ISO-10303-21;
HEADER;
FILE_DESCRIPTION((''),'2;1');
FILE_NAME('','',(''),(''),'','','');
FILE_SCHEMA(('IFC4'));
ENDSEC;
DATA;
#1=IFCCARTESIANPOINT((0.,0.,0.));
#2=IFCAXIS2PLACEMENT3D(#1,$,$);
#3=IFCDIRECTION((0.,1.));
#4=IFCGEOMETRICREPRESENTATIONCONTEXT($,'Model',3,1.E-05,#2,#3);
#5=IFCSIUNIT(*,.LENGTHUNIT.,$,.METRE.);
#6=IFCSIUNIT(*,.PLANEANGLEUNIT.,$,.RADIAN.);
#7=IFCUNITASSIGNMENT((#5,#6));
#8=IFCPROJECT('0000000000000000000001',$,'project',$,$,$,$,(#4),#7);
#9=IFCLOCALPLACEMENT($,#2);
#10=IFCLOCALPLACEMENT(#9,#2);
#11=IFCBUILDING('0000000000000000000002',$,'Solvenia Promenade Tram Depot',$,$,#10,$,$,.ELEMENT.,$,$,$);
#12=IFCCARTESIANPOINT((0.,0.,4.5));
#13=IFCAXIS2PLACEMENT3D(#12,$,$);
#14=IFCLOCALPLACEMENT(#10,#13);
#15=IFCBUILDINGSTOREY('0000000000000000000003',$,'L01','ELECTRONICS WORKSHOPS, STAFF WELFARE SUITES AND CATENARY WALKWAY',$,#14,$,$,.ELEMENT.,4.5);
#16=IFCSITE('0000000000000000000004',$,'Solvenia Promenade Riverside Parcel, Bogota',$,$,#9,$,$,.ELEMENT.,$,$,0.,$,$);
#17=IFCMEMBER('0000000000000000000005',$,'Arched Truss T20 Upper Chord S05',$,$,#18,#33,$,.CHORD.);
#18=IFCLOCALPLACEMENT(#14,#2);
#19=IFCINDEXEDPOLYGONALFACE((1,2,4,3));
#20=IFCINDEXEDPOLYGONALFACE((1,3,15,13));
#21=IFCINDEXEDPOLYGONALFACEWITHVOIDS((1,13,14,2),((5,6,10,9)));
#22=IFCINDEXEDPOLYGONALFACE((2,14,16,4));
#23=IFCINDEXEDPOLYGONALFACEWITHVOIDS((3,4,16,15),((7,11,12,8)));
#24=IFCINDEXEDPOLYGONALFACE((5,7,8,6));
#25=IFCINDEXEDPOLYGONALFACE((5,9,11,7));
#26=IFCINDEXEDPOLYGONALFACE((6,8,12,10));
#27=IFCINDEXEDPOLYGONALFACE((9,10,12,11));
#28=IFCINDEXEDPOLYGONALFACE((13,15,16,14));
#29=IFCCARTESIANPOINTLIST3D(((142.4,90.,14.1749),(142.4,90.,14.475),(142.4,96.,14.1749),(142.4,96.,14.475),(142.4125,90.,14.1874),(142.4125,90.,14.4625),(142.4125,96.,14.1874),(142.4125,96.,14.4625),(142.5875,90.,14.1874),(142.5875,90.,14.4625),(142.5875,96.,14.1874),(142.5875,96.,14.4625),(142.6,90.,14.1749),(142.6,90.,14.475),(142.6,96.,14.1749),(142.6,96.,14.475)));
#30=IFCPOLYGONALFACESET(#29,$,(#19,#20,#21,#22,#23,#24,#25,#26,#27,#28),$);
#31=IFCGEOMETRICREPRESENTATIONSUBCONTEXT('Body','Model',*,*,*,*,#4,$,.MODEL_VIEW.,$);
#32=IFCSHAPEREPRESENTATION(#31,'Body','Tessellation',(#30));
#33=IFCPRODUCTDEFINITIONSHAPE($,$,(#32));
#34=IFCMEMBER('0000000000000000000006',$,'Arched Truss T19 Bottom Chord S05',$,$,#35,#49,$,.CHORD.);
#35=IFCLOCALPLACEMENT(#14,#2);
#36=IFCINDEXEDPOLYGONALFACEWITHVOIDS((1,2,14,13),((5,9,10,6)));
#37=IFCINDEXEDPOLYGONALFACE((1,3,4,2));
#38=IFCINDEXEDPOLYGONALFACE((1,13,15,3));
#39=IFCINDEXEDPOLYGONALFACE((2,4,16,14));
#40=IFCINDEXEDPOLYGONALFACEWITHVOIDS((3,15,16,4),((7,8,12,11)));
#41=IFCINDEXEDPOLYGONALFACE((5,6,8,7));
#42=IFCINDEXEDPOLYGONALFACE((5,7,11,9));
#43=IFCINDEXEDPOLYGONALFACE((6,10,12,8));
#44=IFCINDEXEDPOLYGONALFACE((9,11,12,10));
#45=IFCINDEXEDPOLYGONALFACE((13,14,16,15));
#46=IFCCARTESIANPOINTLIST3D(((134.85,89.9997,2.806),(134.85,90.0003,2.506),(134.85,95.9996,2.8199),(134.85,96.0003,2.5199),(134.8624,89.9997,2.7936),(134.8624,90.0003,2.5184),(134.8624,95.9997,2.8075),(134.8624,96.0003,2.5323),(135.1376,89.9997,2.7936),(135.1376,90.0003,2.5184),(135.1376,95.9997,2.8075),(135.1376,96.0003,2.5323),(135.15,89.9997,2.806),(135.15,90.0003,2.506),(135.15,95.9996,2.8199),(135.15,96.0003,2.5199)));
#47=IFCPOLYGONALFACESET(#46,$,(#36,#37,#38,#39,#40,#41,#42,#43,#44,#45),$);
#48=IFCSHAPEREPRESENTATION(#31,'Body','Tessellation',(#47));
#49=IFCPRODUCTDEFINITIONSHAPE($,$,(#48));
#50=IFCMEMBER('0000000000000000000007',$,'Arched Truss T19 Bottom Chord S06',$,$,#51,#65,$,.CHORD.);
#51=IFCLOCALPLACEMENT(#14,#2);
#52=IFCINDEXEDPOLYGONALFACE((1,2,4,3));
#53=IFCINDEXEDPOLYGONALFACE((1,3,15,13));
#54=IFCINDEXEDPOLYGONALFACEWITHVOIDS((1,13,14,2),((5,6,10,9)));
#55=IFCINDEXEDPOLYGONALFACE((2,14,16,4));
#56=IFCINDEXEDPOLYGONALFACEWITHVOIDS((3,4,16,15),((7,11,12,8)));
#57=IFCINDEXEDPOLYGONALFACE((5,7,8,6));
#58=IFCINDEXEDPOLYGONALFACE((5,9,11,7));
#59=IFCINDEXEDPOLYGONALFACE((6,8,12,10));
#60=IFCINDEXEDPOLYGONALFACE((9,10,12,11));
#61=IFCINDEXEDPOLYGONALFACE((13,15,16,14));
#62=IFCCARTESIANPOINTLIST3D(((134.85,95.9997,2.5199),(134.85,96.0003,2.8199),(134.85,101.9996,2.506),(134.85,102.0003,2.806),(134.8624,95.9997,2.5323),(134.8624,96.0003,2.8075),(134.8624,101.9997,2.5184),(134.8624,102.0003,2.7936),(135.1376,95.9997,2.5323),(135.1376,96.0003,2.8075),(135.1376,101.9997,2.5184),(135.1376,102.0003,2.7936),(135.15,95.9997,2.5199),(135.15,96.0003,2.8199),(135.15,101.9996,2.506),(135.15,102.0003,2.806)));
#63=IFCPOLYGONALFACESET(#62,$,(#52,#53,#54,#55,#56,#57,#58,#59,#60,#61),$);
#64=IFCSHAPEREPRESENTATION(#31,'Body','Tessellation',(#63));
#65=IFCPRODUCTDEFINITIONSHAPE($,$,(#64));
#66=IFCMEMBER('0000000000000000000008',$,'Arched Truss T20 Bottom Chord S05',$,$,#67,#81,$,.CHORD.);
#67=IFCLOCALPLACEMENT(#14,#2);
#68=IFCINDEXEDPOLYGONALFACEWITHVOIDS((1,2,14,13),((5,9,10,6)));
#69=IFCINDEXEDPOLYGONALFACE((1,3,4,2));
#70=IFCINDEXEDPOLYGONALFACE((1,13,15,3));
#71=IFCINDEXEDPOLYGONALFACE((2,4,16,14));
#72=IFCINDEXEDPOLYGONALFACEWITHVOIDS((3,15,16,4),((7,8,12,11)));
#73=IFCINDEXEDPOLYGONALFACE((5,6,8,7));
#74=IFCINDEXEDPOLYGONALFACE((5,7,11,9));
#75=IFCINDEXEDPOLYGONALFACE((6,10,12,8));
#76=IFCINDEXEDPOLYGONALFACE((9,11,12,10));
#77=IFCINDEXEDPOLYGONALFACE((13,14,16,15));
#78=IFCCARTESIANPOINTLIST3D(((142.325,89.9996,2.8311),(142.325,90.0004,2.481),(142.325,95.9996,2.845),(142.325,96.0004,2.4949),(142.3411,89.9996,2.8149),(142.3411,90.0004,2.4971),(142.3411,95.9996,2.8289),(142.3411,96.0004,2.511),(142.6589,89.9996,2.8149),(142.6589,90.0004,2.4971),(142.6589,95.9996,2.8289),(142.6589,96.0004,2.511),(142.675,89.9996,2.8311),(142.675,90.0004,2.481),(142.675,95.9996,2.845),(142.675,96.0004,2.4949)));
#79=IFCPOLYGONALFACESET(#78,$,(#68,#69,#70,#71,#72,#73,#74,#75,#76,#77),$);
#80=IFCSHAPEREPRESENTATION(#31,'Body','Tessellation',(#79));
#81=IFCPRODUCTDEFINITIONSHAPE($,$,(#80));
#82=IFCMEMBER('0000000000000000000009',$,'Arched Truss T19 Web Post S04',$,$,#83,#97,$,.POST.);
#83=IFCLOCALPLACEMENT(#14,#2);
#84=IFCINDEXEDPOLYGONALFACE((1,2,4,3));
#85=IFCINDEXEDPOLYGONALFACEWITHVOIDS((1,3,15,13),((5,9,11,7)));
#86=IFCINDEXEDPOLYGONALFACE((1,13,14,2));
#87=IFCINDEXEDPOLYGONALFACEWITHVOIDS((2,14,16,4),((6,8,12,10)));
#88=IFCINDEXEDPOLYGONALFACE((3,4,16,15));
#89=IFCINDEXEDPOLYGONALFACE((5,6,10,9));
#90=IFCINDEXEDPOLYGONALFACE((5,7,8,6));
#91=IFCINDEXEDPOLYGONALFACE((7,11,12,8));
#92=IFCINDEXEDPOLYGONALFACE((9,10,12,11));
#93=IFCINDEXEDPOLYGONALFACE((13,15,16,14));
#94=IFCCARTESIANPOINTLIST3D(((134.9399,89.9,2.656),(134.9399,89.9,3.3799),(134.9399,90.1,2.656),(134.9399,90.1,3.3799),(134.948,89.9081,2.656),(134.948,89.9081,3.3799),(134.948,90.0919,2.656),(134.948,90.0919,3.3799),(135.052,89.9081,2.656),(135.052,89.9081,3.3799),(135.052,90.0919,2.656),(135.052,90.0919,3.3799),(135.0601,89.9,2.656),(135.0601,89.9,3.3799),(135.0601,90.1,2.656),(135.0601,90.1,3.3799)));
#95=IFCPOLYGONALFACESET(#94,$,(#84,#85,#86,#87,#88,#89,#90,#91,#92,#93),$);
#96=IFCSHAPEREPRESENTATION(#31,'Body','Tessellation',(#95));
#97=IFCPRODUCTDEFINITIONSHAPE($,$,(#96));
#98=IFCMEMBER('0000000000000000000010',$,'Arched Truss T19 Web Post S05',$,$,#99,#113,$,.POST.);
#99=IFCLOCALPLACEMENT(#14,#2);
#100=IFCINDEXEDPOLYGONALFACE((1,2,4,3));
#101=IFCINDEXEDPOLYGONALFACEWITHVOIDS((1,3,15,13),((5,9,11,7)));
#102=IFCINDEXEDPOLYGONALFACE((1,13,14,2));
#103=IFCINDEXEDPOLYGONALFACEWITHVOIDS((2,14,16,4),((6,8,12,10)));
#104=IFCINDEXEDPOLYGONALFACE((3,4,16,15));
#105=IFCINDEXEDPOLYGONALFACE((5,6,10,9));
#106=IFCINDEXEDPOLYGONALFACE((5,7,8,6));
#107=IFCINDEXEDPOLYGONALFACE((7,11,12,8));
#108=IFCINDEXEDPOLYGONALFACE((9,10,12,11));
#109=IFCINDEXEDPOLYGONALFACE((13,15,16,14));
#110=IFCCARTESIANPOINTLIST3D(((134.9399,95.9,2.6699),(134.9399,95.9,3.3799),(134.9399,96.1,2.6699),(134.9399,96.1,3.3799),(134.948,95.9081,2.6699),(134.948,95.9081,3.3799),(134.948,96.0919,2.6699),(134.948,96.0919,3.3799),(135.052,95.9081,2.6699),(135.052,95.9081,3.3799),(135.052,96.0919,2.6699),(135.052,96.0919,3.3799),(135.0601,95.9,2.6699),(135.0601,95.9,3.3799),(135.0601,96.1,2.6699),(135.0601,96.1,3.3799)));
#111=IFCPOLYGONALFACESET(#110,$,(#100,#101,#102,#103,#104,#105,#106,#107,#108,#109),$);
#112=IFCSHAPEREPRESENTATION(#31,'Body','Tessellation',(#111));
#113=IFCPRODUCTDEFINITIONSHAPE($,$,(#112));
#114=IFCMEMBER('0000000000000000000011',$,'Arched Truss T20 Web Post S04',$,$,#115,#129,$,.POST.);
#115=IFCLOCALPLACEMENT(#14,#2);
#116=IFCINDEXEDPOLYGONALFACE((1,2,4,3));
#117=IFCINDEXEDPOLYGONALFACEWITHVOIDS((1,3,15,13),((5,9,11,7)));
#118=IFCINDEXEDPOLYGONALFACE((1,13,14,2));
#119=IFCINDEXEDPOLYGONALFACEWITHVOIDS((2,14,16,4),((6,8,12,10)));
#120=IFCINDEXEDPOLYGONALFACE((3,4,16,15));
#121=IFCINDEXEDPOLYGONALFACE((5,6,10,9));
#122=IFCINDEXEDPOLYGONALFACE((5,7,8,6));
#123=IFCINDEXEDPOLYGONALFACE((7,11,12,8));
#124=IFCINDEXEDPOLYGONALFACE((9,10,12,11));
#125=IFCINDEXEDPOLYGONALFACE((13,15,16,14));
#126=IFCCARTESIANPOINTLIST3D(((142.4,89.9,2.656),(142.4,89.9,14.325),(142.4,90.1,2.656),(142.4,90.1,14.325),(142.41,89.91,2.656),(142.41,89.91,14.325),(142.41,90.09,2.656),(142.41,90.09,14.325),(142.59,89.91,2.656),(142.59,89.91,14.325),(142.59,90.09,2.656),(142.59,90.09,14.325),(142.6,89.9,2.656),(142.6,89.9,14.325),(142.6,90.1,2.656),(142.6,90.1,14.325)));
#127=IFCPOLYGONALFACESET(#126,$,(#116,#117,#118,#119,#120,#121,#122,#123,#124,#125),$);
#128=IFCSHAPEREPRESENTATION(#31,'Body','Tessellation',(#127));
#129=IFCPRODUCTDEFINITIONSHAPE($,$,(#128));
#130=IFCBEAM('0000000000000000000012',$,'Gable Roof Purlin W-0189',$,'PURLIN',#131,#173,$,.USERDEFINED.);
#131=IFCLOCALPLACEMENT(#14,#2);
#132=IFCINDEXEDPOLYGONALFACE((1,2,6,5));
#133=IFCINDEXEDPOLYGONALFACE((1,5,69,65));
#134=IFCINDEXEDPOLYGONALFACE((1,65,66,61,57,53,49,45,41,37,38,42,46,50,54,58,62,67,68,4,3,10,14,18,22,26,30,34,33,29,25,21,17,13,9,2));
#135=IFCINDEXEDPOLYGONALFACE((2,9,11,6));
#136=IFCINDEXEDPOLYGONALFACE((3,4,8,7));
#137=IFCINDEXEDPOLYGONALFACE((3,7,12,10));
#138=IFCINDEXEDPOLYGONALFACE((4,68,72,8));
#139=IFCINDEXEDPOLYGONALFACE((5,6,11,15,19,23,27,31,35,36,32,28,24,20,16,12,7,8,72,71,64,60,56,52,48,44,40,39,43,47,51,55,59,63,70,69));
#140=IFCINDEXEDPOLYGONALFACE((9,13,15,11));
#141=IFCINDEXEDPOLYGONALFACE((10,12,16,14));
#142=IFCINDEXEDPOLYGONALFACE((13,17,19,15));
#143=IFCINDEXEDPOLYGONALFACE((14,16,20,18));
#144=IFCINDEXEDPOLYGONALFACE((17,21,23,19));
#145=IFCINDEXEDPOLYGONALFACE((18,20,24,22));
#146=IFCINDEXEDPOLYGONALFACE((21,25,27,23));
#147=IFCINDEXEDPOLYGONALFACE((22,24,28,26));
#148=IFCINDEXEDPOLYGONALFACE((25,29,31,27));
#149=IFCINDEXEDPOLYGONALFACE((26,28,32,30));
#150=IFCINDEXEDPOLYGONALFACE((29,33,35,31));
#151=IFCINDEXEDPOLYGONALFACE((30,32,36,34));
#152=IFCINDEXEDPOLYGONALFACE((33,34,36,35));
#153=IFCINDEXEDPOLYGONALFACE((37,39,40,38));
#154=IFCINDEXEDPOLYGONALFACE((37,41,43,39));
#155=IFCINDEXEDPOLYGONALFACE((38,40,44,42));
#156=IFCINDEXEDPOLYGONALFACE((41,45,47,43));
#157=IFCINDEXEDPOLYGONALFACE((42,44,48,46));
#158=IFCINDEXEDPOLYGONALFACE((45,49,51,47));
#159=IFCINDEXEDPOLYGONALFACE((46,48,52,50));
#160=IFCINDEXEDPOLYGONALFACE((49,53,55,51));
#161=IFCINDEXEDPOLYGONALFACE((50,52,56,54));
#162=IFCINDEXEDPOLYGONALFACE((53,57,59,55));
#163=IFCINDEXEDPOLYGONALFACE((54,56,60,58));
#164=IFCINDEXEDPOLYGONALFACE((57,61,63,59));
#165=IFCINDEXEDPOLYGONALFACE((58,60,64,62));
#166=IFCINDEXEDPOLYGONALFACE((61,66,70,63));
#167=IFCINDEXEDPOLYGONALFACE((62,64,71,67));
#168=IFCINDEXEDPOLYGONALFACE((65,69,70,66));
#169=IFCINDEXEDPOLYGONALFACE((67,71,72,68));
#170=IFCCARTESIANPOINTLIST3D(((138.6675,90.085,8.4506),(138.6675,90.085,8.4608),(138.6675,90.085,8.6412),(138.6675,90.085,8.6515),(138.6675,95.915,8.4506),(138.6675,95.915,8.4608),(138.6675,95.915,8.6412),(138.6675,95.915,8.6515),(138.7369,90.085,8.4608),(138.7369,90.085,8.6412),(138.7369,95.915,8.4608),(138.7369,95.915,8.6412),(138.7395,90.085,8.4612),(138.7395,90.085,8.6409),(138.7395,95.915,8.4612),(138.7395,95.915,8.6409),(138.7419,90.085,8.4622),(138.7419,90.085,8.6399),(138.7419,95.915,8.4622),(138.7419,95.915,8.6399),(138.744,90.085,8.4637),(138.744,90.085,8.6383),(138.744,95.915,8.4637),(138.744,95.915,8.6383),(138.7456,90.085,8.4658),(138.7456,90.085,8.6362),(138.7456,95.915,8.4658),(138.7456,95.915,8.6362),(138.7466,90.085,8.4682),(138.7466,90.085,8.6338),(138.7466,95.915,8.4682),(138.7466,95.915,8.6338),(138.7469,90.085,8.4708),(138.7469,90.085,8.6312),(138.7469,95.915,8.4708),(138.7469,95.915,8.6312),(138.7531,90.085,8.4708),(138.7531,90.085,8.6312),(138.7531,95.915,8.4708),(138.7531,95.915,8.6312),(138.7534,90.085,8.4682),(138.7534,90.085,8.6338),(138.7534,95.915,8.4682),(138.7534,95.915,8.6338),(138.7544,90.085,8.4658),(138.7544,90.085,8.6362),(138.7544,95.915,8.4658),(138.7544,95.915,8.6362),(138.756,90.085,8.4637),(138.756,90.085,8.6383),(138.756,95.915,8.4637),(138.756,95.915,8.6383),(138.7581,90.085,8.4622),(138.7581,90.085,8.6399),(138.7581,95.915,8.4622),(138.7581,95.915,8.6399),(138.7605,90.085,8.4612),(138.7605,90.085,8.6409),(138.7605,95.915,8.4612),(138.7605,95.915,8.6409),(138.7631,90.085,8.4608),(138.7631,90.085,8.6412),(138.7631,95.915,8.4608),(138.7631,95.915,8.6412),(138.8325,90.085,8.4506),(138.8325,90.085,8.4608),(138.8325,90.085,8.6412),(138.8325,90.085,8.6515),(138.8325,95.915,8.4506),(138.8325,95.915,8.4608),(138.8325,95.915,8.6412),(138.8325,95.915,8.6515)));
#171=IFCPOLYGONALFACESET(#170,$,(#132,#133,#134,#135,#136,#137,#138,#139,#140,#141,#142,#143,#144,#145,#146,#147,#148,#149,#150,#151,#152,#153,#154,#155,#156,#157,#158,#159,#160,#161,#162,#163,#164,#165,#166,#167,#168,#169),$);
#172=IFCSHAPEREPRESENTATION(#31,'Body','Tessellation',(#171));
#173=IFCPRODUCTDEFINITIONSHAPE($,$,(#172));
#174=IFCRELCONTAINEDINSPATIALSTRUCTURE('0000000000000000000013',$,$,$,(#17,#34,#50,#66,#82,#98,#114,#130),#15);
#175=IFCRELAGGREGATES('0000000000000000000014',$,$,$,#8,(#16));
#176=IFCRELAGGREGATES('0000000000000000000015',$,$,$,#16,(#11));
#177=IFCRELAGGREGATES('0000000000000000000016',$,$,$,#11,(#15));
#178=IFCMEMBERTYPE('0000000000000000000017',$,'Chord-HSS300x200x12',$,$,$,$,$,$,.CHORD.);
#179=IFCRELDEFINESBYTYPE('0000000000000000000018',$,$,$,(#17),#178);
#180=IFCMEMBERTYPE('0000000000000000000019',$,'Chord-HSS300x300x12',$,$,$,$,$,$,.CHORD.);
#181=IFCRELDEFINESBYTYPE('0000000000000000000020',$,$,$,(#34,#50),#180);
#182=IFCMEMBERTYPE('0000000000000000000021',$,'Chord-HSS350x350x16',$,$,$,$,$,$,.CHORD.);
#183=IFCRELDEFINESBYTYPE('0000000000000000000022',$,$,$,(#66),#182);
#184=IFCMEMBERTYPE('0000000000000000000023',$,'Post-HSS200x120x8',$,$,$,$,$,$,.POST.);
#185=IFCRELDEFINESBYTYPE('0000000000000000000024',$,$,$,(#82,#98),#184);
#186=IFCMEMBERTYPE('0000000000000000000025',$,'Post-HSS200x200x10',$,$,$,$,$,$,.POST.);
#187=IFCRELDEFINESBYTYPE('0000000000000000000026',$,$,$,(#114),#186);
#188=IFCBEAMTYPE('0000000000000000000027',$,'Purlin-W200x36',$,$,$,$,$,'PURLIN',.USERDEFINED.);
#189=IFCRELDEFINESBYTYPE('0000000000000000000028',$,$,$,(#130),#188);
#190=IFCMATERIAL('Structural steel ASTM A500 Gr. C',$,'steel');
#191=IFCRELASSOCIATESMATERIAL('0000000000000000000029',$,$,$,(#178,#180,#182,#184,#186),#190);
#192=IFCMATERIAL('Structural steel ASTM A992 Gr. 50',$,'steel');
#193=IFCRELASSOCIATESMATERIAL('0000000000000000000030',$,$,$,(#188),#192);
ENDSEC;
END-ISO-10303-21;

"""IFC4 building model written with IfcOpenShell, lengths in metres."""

from ifc_helpers import new_model, si_unit, direction, frame, origin, origin_2d, place, context, subcontext, project, spatial, hollow_rectangle, i_section, extrude, material, material_profile, profile_set, type_object, element, save


model = new_model("IFC4")

# Units and contexts
model_context = context("Model", 3, precision=1e-05, world=origin(), true_north=direction((0.0, 1.0)))
body_context = subcontext(model_context, "Body", "Model", "MODEL_VIEW")
ifc_project = project(units=[si_unit("LENGTHUNIT", "METRE"), si_unit("PLANEANGLEUNIT", "RADIAN")], contexts=[model_context])

# Site, building, storey
site_placement = place(None, origin())
site = spatial("IfcSite", under=ifc_project, at=site_placement, Name="Solvenia Promenade Riverside Parcel, Bogota", CompositionType="ELEMENT", RefElevation=0.0)
building_placement = place(site_placement, origin())
building = spatial("IfcBuilding", under=site, at=building_placement, Name="Solvenia Promenade Tram Depot", CompositionType="ELEMENT")
storey_placement = place(building_placement, frame((0.0, 0.0, 4.5)))
storey = spatial("IfcBuildingStorey", under=building, at=storey_placement, Name="L01", Description="ELECTRONICS WORKSHOPS, STAFF WELFARE SUITES AND CATENARY WALKWAY", CompositionType="ELEMENT", Elevation=4.5)

# Members
ifc_material_1 = material(Name="Structural steel ASTM A500 Gr. C", Category="steel")
ifc_material_profile_1 = material_profile(ifc_material_1, hollow_rectangle(XDim=0.2, YDim=0.3, WallThickness=0.0125, at=origin_2d()), Name="HSS300x200x12.5", Category="steel")
ifc_profile_set_1 = profile_set([ifc_material_profile_1], Name="Structural steel ASTM A500 Gr. C")
member_type_1 = type_object("IfcMemberType", Name="Chord-HSS300x200x12", PredefinedType="CHORD", material=ifc_profile_set_1)
member_1_placement = place(storey_placement, frame((142.5, 90.0, 14.325), z_axis=(0.0, 1.0, 0.0), x_axis=(-1.0, 0.0, 0.0)))
element("IfcMember", 1, at=member_1_placement, inside=storey, type_object=member_type_1, Name="Arched Truss T20 Upper Chord S05", PredefinedType="CHORD", context=body_context, shape_type="SweptSolid", body=[
    extrude(hollow_rectangle(XDim=0.2, YDim=0.3, WallThickness=0.0125, at=origin_2d()), origin(), (0.0, 0.0, 1.0), 6.0),
])
ifc_material_profile_2 = material_profile(ifc_material_1, hollow_rectangle(XDim=0.3, YDim=0.3, WallThickness=0.0125, at=origin_2d()), Name="HSS300x300x12.5", Category="steel")
ifc_profile_set_2 = profile_set([ifc_material_profile_2], Name="Structural steel ASTM A500 Gr. C")
member_type_2 = type_object("IfcMemberType", Name="Chord-HSS300x300x12", PredefinedType="CHORD", material=ifc_profile_set_2)
for number, where, z_axis, x_axis, name in (
    (2, (135.0, 90.0, 2.656), (0.0, 0.999997, 0.002319), (-1.0, 0.0, 0.0), "Arched Truss T19 Bottom Chord S05"),
    (3, (135.0, 96.0, 2.6699), (0.0, 0.999997, -0.002319), (-1.0, 0.0, 0.0), "Arched Truss T19 Bottom Chord S06"),
):
    element("IfcMember", number, at=place(storey_placement, frame(where, z_axis=z_axis, x_axis=x_axis)), inside=storey, type_object=member_type_2, Name=name, PredefinedType="CHORD", context=body_context, shape_type="SweptSolid", body=[
        extrude(hollow_rectangle(XDim=0.3, YDim=0.3, WallThickness=0.0125, at=origin_2d()), origin(), (0.0, 0.0, 1.0), 6.0),
    ])
ifc_material_profile_3 = material_profile(ifc_material_1, hollow_rectangle(XDim=0.3501, YDim=0.3501, WallThickness=0.0161, at=origin_2d()), Name="HSS350x350x16", Category="steel")
ifc_profile_set_3 = profile_set([ifc_material_profile_3], Name="Structural steel ASTM A500 Gr. C")
member_type_3 = type_object("IfcMemberType", Name="Chord-HSS350x350x16", PredefinedType="CHORD", material=ifc_profile_set_3)
member_2_placement = place(storey_placement, frame((142.5, 90.0, 2.656), z_axis=(0.0, 0.999997, 0.002319), x_axis=(-1.0, 0.0, 0.0)))
element("IfcMember", 4, at=member_2_placement, inside=storey, type_object=member_type_3, Name="Arched Truss T20 Bottom Chord S05", PredefinedType="CHORD", context=body_context, shape_type="SweptSolid", body=[
    extrude(hollow_rectangle(XDim=0.3501, YDim=0.3501, WallThickness=0.0161, at=origin_2d()), origin(), (0.0, 0.0, 1.0), 6.0),
])
ifc_material_profile_4 = material_profile(ifc_material_1, hollow_rectangle(XDim=0.1201, YDim=0.2, WallThickness=0.0081, at=origin_2d()), Name="HSS200x120x8", Category="steel")
ifc_profile_set_4 = profile_set([ifc_material_profile_4], Name="Structural steel ASTM A500 Gr. C")
member_type_4 = type_object("IfcMemberType", Name="Post-HSS200x120x8", PredefinedType="POST", material=ifc_profile_set_4)
member_3_placement = place(storey_placement, frame((135.0, 90.0, 2.656), z_axis=(0.0, 0.0, 1.0), x_axis=(1.0, 0.0, 0.0)))
element("IfcMember", 5, at=member_3_placement, inside=storey, type_object=member_type_4, Name="Arched Truss T19 Web Post S04", PredefinedType="POST", context=body_context, shape_type="SweptSolid", body=[
    extrude(hollow_rectangle(XDim=0.1201, YDim=0.2, WallThickness=0.0081, at=origin_2d()), origin(), (0.0, 0.0, 1.0), 0.7239),
])
member_4_placement = place(storey_placement, frame((135.0, 96.0, 2.6699), z_axis=(0.0, 0.0, 1.0), x_axis=(1.0, 0.0, 0.0)))
element("IfcMember", 6, at=member_4_placement, inside=storey, type_object=member_type_4, Name="Arched Truss T19 Web Post S05", PredefinedType="POST", context=body_context, shape_type="SweptSolid", body=[
    extrude(hollow_rectangle(XDim=0.1201, YDim=0.2, WallThickness=0.0081, at=origin_2d()), origin(), (0.0, 0.0, 1.0), 0.71),
])
ifc_material_profile_5 = material_profile(ifc_material_1, hollow_rectangle(XDim=0.2, YDim=0.2, WallThickness=0.01, at=origin_2d()), Name="HSS200x200x10", Category="steel")
ifc_profile_set_5 = profile_set([ifc_material_profile_5], Name="Structural steel ASTM A500 Gr. C")
member_type_5 = type_object("IfcMemberType", Name="Post-HSS200x200x10", PredefinedType="POST", material=ifc_profile_set_5)
member_5_placement = place(storey_placement, frame((142.5, 90.0, 2.656), z_axis=(0.0, 0.0, 1.0), x_axis=(1.0, 0.0, 0.0)))
element("IfcMember", 7, at=member_5_placement, inside=storey, type_object=member_type_5, Name="Arched Truss T20 Web Post S04", PredefinedType="POST", context=body_context, shape_type="SweptSolid", body=[
    extrude(hollow_rectangle(XDim=0.2, YDim=0.2, WallThickness=0.01, at=origin_2d()), origin(), (0.0, 0.0, 1.0), 11.6689),
])

# Beam
ifc_material_2 = material(Name="Structural steel ASTM A992 Gr. 50", Category="steel")
ifc_material_profile_6 = material_profile(ifc_material_2, i_section(OverallWidth=0.165, OverallDepth=0.2009, WebThickness=0.0061, FlangeThickness=0.0103, FilletRadius=0.01, at=origin_2d()), Name="W200x36", Category="steel")
ifc_profile_set_6 = profile_set([ifc_material_profile_6], Name="Structural steel ASTM A992 Gr. 50")
beam_type = type_object("IfcBeamType", Name="Purlin-W200x36", ElementType="PURLIN", PredefinedType="USERDEFINED", material=ifc_profile_set_6)
for number, where, z_axis, x_axis, name in (
    (8, (138.75, 90.085, 8.551), (0.0, 1.0, 0.0), (-1.0, 0.0, 0.0), "Gable Roof Purlin W-0189"),
):
    element("IfcBeam", number, at=place(storey_placement, frame(where, z_axis=z_axis, x_axis=x_axis)), inside=storey, type_object=beam_type, Name=name, ObjectType="PURLIN", PredefinedType="USERDEFINED", context=body_context, shape_type="SweptSolid", body=[
        extrude(i_section(OverallWidth=0.165, OverallDepth=0.2009, WebThickness=0.0061, FlangeThickness=0.0103, FilletRadius=0.01, at=origin_2d()), origin(), (0.0, 0.0, 1.0), 5.8301),
    ])

save(model, "model.ifc")
